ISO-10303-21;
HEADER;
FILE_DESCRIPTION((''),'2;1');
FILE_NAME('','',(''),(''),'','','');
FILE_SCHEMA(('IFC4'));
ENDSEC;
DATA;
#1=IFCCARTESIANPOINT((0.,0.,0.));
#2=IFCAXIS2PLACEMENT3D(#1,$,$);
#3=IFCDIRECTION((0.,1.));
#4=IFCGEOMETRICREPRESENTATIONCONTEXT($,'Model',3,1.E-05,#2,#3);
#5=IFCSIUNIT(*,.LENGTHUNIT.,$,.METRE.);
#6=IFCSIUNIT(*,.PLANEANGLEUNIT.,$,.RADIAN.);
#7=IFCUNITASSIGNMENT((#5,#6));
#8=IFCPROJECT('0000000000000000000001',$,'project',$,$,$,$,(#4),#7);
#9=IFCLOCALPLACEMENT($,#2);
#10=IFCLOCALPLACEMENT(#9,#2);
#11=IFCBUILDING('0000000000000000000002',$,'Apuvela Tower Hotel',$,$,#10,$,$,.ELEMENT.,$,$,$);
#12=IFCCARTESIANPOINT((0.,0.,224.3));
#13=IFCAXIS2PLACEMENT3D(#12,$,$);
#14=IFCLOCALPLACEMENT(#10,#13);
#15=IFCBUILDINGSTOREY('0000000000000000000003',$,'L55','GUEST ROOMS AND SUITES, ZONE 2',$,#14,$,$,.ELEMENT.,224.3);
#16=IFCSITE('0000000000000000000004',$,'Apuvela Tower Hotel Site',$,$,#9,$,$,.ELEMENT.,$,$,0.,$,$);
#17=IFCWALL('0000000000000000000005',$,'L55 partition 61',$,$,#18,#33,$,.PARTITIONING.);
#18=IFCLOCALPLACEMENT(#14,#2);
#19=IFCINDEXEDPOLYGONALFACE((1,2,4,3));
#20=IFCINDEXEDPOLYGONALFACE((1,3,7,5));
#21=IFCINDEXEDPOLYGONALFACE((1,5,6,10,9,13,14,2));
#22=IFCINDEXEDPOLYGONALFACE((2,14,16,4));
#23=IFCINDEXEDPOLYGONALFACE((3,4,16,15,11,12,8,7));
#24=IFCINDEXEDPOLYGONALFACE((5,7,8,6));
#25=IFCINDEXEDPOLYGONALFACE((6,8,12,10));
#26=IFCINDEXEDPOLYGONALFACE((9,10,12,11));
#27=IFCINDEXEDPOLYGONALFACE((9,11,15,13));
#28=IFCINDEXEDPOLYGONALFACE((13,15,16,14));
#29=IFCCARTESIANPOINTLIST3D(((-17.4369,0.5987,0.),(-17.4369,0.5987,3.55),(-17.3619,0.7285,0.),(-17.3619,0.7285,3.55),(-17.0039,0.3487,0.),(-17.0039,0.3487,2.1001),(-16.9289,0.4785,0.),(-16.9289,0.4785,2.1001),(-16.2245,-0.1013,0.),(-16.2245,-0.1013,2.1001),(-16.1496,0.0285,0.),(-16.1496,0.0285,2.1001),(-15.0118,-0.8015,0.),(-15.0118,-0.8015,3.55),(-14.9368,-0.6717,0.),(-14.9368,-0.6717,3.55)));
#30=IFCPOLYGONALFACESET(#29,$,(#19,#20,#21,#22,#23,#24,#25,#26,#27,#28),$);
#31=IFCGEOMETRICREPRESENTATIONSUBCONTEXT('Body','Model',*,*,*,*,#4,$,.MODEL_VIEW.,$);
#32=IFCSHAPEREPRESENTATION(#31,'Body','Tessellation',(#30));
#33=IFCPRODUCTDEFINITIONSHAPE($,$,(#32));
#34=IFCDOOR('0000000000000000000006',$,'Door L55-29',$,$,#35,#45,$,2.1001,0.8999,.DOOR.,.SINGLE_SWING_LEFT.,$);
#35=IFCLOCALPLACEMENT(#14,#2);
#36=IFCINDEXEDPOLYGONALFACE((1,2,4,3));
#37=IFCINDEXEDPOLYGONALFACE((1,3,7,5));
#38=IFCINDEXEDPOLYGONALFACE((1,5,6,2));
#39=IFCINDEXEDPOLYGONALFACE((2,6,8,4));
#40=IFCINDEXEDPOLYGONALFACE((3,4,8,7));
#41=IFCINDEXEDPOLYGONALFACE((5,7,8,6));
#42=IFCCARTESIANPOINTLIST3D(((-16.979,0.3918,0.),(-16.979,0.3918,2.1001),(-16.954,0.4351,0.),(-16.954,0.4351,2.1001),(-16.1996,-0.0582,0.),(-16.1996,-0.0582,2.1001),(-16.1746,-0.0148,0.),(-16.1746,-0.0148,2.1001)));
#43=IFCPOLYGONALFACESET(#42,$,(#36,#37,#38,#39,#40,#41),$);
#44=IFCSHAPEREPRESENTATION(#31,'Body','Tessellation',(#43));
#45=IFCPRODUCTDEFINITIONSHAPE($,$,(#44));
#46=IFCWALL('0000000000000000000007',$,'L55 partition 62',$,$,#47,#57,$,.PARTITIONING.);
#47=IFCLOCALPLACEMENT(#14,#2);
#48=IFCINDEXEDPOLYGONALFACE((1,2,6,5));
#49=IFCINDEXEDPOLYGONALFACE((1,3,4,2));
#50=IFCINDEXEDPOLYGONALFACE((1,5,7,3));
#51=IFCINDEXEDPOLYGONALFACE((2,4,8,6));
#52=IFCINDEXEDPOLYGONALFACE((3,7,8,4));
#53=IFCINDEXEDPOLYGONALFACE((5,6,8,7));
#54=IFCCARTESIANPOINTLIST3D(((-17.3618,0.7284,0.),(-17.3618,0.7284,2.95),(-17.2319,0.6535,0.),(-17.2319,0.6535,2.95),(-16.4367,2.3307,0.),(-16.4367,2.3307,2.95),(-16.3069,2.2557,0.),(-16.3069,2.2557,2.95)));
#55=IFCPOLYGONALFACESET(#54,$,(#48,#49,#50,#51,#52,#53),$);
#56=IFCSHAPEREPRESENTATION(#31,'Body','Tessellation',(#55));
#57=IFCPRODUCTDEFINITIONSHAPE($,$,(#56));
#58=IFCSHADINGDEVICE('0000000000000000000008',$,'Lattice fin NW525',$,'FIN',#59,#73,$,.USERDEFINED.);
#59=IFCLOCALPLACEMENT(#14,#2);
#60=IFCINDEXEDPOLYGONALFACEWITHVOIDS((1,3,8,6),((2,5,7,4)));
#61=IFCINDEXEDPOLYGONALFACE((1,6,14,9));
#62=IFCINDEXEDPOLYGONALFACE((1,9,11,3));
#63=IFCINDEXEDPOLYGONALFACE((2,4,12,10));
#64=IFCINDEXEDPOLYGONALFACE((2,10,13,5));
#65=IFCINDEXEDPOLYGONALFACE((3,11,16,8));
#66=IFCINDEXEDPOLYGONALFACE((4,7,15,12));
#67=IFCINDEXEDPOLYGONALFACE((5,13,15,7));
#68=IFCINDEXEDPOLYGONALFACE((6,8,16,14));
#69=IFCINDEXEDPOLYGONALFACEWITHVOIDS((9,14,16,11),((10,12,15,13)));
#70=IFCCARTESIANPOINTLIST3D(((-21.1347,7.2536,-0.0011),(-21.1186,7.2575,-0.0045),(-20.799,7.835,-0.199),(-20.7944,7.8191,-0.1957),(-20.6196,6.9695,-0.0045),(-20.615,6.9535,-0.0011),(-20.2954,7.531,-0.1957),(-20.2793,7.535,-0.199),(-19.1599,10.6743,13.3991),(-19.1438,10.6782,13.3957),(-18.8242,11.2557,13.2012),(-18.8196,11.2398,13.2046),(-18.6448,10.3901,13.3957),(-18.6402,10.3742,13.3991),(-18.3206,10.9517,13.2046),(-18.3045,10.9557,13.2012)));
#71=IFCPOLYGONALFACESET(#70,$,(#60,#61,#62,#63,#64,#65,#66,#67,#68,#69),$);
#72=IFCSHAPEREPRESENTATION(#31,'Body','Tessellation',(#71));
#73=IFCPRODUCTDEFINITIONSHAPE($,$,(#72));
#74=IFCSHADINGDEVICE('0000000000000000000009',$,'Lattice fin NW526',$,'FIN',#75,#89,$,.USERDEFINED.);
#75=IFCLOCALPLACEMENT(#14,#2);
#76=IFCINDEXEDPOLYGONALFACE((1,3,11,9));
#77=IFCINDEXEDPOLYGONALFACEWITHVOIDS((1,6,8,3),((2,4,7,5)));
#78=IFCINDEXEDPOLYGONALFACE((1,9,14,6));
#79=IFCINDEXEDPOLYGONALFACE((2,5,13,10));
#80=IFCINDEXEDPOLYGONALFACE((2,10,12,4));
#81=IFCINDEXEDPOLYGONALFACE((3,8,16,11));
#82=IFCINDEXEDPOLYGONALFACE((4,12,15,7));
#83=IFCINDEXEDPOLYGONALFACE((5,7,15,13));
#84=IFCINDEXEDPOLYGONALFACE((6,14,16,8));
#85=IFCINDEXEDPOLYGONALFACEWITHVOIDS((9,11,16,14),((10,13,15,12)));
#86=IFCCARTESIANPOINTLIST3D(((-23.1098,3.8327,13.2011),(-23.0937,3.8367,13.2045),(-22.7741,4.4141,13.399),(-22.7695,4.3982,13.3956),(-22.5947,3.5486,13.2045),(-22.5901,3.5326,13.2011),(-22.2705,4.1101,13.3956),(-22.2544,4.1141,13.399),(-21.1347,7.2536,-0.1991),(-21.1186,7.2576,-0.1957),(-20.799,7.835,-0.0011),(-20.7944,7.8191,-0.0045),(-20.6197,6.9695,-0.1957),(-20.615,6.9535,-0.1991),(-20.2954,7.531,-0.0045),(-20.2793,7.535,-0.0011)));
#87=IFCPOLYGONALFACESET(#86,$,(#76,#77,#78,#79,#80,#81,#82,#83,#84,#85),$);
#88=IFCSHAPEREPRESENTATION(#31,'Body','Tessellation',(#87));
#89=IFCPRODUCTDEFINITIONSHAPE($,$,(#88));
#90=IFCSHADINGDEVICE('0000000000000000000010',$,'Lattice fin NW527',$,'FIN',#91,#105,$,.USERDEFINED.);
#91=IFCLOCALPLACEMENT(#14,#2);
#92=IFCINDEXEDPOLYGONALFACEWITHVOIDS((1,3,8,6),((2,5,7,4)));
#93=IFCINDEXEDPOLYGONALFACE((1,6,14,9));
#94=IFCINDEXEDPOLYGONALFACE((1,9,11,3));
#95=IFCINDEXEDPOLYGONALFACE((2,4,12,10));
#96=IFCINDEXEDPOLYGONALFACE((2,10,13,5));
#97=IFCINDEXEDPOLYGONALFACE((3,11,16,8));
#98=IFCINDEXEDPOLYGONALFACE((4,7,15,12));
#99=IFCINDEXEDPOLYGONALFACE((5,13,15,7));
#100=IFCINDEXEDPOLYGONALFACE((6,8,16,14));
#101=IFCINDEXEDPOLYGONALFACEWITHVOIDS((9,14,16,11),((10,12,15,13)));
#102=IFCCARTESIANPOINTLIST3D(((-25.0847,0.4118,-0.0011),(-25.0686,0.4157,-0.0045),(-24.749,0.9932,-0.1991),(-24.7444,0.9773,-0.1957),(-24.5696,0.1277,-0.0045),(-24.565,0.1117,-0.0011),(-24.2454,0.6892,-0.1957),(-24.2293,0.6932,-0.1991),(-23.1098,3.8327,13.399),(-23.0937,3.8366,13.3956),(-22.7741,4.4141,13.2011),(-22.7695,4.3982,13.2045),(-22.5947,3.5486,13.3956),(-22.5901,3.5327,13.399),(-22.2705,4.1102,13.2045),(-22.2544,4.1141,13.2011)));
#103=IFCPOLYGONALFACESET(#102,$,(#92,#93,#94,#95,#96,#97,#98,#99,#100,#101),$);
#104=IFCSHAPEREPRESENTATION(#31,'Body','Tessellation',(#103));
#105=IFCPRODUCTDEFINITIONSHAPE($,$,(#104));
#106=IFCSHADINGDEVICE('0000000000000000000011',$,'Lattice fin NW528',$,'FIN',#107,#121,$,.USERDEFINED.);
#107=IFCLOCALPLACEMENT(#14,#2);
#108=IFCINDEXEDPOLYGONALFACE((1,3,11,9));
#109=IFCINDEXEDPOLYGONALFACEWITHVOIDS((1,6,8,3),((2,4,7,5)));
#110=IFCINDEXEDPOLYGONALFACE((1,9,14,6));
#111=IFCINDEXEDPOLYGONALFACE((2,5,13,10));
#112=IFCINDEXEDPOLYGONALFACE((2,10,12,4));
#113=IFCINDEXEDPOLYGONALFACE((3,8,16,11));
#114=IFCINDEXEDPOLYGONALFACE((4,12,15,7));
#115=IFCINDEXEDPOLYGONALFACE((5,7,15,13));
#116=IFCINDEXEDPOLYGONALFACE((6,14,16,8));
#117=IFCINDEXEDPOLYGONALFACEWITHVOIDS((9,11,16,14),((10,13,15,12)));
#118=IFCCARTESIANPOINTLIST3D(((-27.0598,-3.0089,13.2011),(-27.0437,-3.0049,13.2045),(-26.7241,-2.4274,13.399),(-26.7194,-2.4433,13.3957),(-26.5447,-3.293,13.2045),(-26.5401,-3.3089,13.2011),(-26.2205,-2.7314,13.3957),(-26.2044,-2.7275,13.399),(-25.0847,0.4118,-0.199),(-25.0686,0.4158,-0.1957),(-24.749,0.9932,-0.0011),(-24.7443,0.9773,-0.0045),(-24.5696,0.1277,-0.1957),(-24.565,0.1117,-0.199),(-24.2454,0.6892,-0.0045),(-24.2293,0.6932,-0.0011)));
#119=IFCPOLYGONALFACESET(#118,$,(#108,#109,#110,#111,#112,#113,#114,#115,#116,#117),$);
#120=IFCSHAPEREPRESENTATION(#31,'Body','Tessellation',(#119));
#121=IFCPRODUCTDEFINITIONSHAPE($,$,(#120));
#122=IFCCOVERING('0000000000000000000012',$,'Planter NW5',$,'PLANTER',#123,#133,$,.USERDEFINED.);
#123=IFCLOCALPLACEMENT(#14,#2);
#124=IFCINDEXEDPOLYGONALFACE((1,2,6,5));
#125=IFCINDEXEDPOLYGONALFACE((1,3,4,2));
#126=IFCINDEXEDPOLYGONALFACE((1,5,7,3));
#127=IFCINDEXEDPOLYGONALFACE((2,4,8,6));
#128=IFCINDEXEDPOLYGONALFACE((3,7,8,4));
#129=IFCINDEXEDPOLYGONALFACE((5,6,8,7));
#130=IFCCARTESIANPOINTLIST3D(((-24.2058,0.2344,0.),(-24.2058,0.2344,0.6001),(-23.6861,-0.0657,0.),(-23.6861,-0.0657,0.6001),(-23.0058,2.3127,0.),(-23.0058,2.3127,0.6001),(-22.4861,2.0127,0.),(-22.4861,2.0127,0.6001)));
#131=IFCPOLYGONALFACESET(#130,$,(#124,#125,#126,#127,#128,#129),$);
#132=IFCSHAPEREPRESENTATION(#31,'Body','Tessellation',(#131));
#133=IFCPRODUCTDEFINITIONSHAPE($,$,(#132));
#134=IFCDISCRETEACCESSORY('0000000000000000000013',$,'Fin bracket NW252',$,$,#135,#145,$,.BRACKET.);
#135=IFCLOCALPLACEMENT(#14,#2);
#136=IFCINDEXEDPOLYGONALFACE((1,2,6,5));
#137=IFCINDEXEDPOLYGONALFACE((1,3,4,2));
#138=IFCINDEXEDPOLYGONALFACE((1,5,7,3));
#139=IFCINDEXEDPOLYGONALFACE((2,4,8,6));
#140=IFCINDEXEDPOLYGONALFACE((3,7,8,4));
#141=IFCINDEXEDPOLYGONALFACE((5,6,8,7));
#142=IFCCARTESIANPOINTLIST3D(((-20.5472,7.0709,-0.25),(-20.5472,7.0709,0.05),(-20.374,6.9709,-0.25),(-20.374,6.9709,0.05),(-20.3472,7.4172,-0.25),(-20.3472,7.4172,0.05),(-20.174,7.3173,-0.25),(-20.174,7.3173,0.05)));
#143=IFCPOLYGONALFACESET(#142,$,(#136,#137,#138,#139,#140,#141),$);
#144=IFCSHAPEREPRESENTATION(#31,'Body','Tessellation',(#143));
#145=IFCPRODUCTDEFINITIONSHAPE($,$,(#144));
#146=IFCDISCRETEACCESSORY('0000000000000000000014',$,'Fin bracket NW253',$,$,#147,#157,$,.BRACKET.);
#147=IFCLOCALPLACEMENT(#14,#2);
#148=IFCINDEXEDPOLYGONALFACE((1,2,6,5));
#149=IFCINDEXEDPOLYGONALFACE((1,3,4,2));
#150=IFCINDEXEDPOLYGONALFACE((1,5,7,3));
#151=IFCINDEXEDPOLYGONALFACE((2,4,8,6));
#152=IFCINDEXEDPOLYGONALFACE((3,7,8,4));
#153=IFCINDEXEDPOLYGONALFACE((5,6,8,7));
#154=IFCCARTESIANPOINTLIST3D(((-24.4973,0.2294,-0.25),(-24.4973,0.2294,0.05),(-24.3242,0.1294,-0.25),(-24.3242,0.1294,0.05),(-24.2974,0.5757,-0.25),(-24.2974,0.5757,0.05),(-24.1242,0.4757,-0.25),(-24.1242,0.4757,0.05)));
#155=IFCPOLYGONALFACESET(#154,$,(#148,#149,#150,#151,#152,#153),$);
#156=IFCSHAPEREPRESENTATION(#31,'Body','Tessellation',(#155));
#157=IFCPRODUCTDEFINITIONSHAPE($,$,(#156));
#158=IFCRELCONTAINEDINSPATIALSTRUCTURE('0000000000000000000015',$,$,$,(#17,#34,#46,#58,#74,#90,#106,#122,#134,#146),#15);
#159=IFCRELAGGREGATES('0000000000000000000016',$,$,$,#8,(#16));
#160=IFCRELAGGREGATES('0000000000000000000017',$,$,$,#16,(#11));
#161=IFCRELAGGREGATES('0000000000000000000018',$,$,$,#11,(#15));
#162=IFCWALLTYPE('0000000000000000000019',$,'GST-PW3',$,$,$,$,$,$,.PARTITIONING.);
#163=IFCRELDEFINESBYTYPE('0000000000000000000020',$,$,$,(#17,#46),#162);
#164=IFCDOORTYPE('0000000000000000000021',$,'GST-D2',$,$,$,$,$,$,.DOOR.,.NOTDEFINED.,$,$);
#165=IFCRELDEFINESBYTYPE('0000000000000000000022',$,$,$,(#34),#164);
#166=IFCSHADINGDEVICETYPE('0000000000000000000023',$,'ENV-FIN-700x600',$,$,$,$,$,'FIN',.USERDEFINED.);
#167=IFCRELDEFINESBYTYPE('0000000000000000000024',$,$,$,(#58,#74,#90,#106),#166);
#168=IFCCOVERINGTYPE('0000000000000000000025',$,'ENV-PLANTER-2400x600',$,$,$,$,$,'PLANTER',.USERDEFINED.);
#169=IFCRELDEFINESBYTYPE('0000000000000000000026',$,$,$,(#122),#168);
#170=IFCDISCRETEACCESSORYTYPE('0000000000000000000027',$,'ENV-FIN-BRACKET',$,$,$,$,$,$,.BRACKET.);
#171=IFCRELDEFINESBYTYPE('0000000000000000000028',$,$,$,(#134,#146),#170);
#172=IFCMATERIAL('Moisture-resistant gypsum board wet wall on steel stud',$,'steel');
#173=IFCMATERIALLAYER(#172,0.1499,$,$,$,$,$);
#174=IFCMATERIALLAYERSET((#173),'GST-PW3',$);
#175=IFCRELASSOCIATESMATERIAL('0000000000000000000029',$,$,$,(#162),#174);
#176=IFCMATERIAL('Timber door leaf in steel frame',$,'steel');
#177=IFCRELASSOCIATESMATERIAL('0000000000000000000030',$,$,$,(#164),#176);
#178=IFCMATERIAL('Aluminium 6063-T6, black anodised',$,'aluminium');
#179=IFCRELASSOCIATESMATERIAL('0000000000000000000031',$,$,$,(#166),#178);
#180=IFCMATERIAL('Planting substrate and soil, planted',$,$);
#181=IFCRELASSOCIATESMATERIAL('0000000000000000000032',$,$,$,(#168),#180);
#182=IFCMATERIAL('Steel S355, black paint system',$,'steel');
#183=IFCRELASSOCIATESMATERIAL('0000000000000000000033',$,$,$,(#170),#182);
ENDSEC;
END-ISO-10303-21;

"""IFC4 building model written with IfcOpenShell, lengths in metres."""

from ifc_helpers import new_model, si_unit, direction, frame, frame_2d, origin, origin_2d, place, context, subcontext, project, spatial, rectangle, hollow_rectangle, extrude, material, layer, layer_set, material_profile, profile_set, type_object, element, fill, save


model = new_model("IFC4")

# Units and contexts
model_context = context("Model", 3, precision=1e-05, world=origin(), true_north=direction((0.0, 1.0)))
body_context = subcontext(model_context, "Body", "Model", "MODEL_VIEW")
ifc_project = project(units=[si_unit("LENGTHUNIT", "METRE"), si_unit("PLANEANGLEUNIT", "RADIAN")], contexts=[model_context])

# Site, building, storey
site_placement = place(None, origin())
site = spatial("IfcSite", under=ifc_project, at=site_placement, Name="Apuvela Tower Hotel Site", CompositionType="ELEMENT", RefElevation=0.0)
building_placement = place(site_placement, origin())
building = spatial("IfcBuilding", under=site, at=building_placement, Name="Apuvela Tower Hotel", CompositionType="ELEMENT")
storey_placement = place(building_placement, frame((0.0, 0.0, 224.3)))
storey = spatial("IfcBuildingStorey", under=building, at=storey_placement, Name="L55", Description="GUEST ROOMS AND SUITES, ZONE 2", CompositionType="ELEMENT", Elevation=224.3)

# Wall, opening, door
ifc_material_1 = material(Name="Moisture-resistant gypsum board wet wall on steel stud", Category="steel")
ifc_layer_1 = layer(ifc_material_1, 0.1499)
ifc_layer_set_1 = layer_set([ifc_layer_1], Name="GST-PW3")
wall_type_1 = type_object("IfcWallType", Name="GST-PW3", PredefinedType="PARTITIONING", material=ifc_layer_set_1)
wall_1_placement = place(storey_placement, frame((-17.3994, 0.6636, 0.0), z_axis=(0.0, 0.0, 1.0), x_axis=(0.866019, -0.500012, 0.0)))
wall_1 = element("IfcWall", 1, at=wall_1_placement, inside=storey, type_object=wall_type_1, Name="L55 partition 61", PredefinedType="PARTITIONING", context=body_context, shape_type="SweptSolid", body=[
    extrude(rectangle(XDim=2.8003, YDim=0.1499, at=frame_2d((1.4001, 0.0))), origin(), (0.0, 0.0, 1.0), 3.55),
])
opening_1_placement = place(wall_1_placement, frame((0.5, 0.0, 0.0)))
opening_1 = element("IfcOpeningElement", 2, at=opening_1_placement, cuts=wall_1, PredefinedType="OPENING", context=body_context, shape_type="SweptSolid", body=[
    extrude(rectangle(XDim=0.8999, YDim=2.1001, at=frame_2d((0.45, 1.05))), frame((0.0, 0.085, 0.0), z_axis=(0.0, -1.0, 0.0), x_axis=(1.0, 0.0, 0.0)), (0.0, 0.0, 1.0), 0.1699),
])
ifc_material_2 = material(Name="Timber door leaf in steel frame", Category="steel")
door_type_1 = type_object("IfcDoorType", Name="GST-D2", OperationType="NOTDEFINED", PredefinedType="DOOR", material=ifc_material_2)
door_1_placement = place(opening_1_placement, origin())
door_1 = element("IfcDoor", 3, at=door_1_placement, inside=storey, type_object=door_type_1, Name="Door L55-29", OperationType="SINGLE_SWING_LEFT", OverallHeight=2.1001, OverallWidth=0.8999, PredefinedType="DOOR", context=body_context, shape_type="SweptSolid", body=[
    extrude(rectangle(XDim=0.8999, YDim=2.1001, at=frame_2d((0.45, 1.05))), frame((0.0, 0.0249, 0.0), z_axis=(0.0, -1.0, 0.0), x_axis=(1.0, 0.0, 0.0)), (0.0, 0.0, 1.0), 0.05),
])
fill(opening_1, door_1)

# Wall
wall_2_placement = place(storey_placement, frame((-16.3718, 2.2932, 0.0), z_axis=(0.0, 0.0, 1.0), x_axis=(-0.499985, -0.866034, 0.0)))
element("IfcWall", 4, at=wall_2_placement, inside=storey, type_object=wall_type_1, Name="L55 partition 62", PredefinedType="PARTITIONING", context=body_context, shape_type="SweptSolid", body=[
    extrude(rectangle(XDim=1.8501, YDim=0.1499, at=frame_2d((0.925, 0.0))), origin(), (0.0, 0.0, 1.0), 2.95),
])

# Shading devices
ifc_material_3 = material(Name="Aluminium 6063-T6, black anodised", Category="aluminium")
ifc_material_profile_1 = material_profile(ifc_material_3, hollow_rectangle(XDim=0.6001, YDim=0.7, WallThickness=0.012, at=origin_2d()), Name="AL BOX 700x600x12")
ifc_profile_set_1 = profile_set([ifc_material_profile_1], Name="Aluminium 6063-T6, black anodised")
shading_device_type = type_object("IfcShadingDeviceType", Name="ENV-FIN-700x600", ElementType="FIN", PredefinedType="USERDEFINED", material=ifc_profile_set_1)
for number, where, z_axis, x_axis, name in (
    (5, (-20.707, 7.3943, -0.1001), (0.141362, 0.244855, 0.959199), (-0.866032, 0.499988, 0.0), "Lattice fin NW525"),
    (6, (-20.707, 7.3943, -0.1001), (-0.141379, -0.24487, 0.959193), (0.866021, -0.500008, 0.0), "Lattice fin NW526"),
    (7, (-24.657, 0.5525, -0.1001), (0.141362, 0.244871, 0.959195), (-0.866048, 0.499961, 0.0), "Lattice fin NW527"),
    (8, (-24.657, 0.5525, -0.1001), (-0.14138, -0.244854, 0.959197), (0.866005, -0.500035, 0.0), "Lattice fin NW528"),
):
    element("IfcShadingDevice", number, at=place(storey_placement, frame(where, z_axis=z_axis, x_axis=x_axis)), inside=storey, type_object=shading_device_type, Name=name, ObjectType="FIN", PredefinedType="USERDEFINED", context=body_context, shape_type="SweptSolid", body=[
        extrude(hollow_rectangle(XDim=0.6001, YDim=0.7, WallThickness=0.012, at=origin_2d()), origin(), (0.0, 0.0, 1.0), 13.9702),
    ])

# Covering
ifc_material_4 = material(Name="Planting substrate and soil, planted")
covering_type = type_object("IfcCoveringType", Name="ENV-PLANTER-2400x600", ElementType="PLANTER", PredefinedType="USERDEFINED", material=ifc_material_4)
covering_placement = place(storey_placement, frame((-23.3459, 1.1235, 0.0), z_axis=(0.0, 0.0, 1.0), x_axis=(-0.5, -0.866025, 0.0)))
element("IfcCovering", 9, at=covering_placement, inside=storey, type_object=covering_type, Name="Planter NW5", ObjectType="PLANTER", PredefinedType="USERDEFINED", context=body_context, shape_type="SweptSolid", body=[
    extrude(rectangle(XDim=2.3999, YDim=0.6001, at=origin_2d()), origin(), (0.0, 0.0, 1.0), 0.6001),
])

# Discrete accessories
ifc_material_5 = material(Name="Steel S355, black paint system", Category="steel")
discrete_accessory_type = type_object("IfcDiscreteAccessoryType", Name="ENV-FIN-BRACKET", PredefinedType="BRACKET", material=ifc_material_5)
for number, where, z_axis, x_axis, name in (
    (10, (-20.3606, 7.1941, -0.25), (0.0, 0.0, 1.0), (-0.5, -0.866025, 0.0), "Fin bracket NW252"),
    (11, (-24.3108, 0.3525, -0.25), (0.0, 0.0, 1.0), (-0.5, -0.866025, 0.0), "Fin bracket NW253"),
):
    element("IfcDiscreteAccessory", number, at=place(storey_placement, frame(where, z_axis=z_axis, x_axis=x_axis)), inside=storey, type_object=discrete_accessory_type, Name=name, PredefinedType="BRACKET", context=body_context, shape_type="SweptSolid", body=[
        extrude(rectangle(XDim=0.3999, YDim=0.2, at=origin_2d()), origin(), (0.0, 0.0, 1.0), 0.3),
    ])

save(model, "model.ifc")
